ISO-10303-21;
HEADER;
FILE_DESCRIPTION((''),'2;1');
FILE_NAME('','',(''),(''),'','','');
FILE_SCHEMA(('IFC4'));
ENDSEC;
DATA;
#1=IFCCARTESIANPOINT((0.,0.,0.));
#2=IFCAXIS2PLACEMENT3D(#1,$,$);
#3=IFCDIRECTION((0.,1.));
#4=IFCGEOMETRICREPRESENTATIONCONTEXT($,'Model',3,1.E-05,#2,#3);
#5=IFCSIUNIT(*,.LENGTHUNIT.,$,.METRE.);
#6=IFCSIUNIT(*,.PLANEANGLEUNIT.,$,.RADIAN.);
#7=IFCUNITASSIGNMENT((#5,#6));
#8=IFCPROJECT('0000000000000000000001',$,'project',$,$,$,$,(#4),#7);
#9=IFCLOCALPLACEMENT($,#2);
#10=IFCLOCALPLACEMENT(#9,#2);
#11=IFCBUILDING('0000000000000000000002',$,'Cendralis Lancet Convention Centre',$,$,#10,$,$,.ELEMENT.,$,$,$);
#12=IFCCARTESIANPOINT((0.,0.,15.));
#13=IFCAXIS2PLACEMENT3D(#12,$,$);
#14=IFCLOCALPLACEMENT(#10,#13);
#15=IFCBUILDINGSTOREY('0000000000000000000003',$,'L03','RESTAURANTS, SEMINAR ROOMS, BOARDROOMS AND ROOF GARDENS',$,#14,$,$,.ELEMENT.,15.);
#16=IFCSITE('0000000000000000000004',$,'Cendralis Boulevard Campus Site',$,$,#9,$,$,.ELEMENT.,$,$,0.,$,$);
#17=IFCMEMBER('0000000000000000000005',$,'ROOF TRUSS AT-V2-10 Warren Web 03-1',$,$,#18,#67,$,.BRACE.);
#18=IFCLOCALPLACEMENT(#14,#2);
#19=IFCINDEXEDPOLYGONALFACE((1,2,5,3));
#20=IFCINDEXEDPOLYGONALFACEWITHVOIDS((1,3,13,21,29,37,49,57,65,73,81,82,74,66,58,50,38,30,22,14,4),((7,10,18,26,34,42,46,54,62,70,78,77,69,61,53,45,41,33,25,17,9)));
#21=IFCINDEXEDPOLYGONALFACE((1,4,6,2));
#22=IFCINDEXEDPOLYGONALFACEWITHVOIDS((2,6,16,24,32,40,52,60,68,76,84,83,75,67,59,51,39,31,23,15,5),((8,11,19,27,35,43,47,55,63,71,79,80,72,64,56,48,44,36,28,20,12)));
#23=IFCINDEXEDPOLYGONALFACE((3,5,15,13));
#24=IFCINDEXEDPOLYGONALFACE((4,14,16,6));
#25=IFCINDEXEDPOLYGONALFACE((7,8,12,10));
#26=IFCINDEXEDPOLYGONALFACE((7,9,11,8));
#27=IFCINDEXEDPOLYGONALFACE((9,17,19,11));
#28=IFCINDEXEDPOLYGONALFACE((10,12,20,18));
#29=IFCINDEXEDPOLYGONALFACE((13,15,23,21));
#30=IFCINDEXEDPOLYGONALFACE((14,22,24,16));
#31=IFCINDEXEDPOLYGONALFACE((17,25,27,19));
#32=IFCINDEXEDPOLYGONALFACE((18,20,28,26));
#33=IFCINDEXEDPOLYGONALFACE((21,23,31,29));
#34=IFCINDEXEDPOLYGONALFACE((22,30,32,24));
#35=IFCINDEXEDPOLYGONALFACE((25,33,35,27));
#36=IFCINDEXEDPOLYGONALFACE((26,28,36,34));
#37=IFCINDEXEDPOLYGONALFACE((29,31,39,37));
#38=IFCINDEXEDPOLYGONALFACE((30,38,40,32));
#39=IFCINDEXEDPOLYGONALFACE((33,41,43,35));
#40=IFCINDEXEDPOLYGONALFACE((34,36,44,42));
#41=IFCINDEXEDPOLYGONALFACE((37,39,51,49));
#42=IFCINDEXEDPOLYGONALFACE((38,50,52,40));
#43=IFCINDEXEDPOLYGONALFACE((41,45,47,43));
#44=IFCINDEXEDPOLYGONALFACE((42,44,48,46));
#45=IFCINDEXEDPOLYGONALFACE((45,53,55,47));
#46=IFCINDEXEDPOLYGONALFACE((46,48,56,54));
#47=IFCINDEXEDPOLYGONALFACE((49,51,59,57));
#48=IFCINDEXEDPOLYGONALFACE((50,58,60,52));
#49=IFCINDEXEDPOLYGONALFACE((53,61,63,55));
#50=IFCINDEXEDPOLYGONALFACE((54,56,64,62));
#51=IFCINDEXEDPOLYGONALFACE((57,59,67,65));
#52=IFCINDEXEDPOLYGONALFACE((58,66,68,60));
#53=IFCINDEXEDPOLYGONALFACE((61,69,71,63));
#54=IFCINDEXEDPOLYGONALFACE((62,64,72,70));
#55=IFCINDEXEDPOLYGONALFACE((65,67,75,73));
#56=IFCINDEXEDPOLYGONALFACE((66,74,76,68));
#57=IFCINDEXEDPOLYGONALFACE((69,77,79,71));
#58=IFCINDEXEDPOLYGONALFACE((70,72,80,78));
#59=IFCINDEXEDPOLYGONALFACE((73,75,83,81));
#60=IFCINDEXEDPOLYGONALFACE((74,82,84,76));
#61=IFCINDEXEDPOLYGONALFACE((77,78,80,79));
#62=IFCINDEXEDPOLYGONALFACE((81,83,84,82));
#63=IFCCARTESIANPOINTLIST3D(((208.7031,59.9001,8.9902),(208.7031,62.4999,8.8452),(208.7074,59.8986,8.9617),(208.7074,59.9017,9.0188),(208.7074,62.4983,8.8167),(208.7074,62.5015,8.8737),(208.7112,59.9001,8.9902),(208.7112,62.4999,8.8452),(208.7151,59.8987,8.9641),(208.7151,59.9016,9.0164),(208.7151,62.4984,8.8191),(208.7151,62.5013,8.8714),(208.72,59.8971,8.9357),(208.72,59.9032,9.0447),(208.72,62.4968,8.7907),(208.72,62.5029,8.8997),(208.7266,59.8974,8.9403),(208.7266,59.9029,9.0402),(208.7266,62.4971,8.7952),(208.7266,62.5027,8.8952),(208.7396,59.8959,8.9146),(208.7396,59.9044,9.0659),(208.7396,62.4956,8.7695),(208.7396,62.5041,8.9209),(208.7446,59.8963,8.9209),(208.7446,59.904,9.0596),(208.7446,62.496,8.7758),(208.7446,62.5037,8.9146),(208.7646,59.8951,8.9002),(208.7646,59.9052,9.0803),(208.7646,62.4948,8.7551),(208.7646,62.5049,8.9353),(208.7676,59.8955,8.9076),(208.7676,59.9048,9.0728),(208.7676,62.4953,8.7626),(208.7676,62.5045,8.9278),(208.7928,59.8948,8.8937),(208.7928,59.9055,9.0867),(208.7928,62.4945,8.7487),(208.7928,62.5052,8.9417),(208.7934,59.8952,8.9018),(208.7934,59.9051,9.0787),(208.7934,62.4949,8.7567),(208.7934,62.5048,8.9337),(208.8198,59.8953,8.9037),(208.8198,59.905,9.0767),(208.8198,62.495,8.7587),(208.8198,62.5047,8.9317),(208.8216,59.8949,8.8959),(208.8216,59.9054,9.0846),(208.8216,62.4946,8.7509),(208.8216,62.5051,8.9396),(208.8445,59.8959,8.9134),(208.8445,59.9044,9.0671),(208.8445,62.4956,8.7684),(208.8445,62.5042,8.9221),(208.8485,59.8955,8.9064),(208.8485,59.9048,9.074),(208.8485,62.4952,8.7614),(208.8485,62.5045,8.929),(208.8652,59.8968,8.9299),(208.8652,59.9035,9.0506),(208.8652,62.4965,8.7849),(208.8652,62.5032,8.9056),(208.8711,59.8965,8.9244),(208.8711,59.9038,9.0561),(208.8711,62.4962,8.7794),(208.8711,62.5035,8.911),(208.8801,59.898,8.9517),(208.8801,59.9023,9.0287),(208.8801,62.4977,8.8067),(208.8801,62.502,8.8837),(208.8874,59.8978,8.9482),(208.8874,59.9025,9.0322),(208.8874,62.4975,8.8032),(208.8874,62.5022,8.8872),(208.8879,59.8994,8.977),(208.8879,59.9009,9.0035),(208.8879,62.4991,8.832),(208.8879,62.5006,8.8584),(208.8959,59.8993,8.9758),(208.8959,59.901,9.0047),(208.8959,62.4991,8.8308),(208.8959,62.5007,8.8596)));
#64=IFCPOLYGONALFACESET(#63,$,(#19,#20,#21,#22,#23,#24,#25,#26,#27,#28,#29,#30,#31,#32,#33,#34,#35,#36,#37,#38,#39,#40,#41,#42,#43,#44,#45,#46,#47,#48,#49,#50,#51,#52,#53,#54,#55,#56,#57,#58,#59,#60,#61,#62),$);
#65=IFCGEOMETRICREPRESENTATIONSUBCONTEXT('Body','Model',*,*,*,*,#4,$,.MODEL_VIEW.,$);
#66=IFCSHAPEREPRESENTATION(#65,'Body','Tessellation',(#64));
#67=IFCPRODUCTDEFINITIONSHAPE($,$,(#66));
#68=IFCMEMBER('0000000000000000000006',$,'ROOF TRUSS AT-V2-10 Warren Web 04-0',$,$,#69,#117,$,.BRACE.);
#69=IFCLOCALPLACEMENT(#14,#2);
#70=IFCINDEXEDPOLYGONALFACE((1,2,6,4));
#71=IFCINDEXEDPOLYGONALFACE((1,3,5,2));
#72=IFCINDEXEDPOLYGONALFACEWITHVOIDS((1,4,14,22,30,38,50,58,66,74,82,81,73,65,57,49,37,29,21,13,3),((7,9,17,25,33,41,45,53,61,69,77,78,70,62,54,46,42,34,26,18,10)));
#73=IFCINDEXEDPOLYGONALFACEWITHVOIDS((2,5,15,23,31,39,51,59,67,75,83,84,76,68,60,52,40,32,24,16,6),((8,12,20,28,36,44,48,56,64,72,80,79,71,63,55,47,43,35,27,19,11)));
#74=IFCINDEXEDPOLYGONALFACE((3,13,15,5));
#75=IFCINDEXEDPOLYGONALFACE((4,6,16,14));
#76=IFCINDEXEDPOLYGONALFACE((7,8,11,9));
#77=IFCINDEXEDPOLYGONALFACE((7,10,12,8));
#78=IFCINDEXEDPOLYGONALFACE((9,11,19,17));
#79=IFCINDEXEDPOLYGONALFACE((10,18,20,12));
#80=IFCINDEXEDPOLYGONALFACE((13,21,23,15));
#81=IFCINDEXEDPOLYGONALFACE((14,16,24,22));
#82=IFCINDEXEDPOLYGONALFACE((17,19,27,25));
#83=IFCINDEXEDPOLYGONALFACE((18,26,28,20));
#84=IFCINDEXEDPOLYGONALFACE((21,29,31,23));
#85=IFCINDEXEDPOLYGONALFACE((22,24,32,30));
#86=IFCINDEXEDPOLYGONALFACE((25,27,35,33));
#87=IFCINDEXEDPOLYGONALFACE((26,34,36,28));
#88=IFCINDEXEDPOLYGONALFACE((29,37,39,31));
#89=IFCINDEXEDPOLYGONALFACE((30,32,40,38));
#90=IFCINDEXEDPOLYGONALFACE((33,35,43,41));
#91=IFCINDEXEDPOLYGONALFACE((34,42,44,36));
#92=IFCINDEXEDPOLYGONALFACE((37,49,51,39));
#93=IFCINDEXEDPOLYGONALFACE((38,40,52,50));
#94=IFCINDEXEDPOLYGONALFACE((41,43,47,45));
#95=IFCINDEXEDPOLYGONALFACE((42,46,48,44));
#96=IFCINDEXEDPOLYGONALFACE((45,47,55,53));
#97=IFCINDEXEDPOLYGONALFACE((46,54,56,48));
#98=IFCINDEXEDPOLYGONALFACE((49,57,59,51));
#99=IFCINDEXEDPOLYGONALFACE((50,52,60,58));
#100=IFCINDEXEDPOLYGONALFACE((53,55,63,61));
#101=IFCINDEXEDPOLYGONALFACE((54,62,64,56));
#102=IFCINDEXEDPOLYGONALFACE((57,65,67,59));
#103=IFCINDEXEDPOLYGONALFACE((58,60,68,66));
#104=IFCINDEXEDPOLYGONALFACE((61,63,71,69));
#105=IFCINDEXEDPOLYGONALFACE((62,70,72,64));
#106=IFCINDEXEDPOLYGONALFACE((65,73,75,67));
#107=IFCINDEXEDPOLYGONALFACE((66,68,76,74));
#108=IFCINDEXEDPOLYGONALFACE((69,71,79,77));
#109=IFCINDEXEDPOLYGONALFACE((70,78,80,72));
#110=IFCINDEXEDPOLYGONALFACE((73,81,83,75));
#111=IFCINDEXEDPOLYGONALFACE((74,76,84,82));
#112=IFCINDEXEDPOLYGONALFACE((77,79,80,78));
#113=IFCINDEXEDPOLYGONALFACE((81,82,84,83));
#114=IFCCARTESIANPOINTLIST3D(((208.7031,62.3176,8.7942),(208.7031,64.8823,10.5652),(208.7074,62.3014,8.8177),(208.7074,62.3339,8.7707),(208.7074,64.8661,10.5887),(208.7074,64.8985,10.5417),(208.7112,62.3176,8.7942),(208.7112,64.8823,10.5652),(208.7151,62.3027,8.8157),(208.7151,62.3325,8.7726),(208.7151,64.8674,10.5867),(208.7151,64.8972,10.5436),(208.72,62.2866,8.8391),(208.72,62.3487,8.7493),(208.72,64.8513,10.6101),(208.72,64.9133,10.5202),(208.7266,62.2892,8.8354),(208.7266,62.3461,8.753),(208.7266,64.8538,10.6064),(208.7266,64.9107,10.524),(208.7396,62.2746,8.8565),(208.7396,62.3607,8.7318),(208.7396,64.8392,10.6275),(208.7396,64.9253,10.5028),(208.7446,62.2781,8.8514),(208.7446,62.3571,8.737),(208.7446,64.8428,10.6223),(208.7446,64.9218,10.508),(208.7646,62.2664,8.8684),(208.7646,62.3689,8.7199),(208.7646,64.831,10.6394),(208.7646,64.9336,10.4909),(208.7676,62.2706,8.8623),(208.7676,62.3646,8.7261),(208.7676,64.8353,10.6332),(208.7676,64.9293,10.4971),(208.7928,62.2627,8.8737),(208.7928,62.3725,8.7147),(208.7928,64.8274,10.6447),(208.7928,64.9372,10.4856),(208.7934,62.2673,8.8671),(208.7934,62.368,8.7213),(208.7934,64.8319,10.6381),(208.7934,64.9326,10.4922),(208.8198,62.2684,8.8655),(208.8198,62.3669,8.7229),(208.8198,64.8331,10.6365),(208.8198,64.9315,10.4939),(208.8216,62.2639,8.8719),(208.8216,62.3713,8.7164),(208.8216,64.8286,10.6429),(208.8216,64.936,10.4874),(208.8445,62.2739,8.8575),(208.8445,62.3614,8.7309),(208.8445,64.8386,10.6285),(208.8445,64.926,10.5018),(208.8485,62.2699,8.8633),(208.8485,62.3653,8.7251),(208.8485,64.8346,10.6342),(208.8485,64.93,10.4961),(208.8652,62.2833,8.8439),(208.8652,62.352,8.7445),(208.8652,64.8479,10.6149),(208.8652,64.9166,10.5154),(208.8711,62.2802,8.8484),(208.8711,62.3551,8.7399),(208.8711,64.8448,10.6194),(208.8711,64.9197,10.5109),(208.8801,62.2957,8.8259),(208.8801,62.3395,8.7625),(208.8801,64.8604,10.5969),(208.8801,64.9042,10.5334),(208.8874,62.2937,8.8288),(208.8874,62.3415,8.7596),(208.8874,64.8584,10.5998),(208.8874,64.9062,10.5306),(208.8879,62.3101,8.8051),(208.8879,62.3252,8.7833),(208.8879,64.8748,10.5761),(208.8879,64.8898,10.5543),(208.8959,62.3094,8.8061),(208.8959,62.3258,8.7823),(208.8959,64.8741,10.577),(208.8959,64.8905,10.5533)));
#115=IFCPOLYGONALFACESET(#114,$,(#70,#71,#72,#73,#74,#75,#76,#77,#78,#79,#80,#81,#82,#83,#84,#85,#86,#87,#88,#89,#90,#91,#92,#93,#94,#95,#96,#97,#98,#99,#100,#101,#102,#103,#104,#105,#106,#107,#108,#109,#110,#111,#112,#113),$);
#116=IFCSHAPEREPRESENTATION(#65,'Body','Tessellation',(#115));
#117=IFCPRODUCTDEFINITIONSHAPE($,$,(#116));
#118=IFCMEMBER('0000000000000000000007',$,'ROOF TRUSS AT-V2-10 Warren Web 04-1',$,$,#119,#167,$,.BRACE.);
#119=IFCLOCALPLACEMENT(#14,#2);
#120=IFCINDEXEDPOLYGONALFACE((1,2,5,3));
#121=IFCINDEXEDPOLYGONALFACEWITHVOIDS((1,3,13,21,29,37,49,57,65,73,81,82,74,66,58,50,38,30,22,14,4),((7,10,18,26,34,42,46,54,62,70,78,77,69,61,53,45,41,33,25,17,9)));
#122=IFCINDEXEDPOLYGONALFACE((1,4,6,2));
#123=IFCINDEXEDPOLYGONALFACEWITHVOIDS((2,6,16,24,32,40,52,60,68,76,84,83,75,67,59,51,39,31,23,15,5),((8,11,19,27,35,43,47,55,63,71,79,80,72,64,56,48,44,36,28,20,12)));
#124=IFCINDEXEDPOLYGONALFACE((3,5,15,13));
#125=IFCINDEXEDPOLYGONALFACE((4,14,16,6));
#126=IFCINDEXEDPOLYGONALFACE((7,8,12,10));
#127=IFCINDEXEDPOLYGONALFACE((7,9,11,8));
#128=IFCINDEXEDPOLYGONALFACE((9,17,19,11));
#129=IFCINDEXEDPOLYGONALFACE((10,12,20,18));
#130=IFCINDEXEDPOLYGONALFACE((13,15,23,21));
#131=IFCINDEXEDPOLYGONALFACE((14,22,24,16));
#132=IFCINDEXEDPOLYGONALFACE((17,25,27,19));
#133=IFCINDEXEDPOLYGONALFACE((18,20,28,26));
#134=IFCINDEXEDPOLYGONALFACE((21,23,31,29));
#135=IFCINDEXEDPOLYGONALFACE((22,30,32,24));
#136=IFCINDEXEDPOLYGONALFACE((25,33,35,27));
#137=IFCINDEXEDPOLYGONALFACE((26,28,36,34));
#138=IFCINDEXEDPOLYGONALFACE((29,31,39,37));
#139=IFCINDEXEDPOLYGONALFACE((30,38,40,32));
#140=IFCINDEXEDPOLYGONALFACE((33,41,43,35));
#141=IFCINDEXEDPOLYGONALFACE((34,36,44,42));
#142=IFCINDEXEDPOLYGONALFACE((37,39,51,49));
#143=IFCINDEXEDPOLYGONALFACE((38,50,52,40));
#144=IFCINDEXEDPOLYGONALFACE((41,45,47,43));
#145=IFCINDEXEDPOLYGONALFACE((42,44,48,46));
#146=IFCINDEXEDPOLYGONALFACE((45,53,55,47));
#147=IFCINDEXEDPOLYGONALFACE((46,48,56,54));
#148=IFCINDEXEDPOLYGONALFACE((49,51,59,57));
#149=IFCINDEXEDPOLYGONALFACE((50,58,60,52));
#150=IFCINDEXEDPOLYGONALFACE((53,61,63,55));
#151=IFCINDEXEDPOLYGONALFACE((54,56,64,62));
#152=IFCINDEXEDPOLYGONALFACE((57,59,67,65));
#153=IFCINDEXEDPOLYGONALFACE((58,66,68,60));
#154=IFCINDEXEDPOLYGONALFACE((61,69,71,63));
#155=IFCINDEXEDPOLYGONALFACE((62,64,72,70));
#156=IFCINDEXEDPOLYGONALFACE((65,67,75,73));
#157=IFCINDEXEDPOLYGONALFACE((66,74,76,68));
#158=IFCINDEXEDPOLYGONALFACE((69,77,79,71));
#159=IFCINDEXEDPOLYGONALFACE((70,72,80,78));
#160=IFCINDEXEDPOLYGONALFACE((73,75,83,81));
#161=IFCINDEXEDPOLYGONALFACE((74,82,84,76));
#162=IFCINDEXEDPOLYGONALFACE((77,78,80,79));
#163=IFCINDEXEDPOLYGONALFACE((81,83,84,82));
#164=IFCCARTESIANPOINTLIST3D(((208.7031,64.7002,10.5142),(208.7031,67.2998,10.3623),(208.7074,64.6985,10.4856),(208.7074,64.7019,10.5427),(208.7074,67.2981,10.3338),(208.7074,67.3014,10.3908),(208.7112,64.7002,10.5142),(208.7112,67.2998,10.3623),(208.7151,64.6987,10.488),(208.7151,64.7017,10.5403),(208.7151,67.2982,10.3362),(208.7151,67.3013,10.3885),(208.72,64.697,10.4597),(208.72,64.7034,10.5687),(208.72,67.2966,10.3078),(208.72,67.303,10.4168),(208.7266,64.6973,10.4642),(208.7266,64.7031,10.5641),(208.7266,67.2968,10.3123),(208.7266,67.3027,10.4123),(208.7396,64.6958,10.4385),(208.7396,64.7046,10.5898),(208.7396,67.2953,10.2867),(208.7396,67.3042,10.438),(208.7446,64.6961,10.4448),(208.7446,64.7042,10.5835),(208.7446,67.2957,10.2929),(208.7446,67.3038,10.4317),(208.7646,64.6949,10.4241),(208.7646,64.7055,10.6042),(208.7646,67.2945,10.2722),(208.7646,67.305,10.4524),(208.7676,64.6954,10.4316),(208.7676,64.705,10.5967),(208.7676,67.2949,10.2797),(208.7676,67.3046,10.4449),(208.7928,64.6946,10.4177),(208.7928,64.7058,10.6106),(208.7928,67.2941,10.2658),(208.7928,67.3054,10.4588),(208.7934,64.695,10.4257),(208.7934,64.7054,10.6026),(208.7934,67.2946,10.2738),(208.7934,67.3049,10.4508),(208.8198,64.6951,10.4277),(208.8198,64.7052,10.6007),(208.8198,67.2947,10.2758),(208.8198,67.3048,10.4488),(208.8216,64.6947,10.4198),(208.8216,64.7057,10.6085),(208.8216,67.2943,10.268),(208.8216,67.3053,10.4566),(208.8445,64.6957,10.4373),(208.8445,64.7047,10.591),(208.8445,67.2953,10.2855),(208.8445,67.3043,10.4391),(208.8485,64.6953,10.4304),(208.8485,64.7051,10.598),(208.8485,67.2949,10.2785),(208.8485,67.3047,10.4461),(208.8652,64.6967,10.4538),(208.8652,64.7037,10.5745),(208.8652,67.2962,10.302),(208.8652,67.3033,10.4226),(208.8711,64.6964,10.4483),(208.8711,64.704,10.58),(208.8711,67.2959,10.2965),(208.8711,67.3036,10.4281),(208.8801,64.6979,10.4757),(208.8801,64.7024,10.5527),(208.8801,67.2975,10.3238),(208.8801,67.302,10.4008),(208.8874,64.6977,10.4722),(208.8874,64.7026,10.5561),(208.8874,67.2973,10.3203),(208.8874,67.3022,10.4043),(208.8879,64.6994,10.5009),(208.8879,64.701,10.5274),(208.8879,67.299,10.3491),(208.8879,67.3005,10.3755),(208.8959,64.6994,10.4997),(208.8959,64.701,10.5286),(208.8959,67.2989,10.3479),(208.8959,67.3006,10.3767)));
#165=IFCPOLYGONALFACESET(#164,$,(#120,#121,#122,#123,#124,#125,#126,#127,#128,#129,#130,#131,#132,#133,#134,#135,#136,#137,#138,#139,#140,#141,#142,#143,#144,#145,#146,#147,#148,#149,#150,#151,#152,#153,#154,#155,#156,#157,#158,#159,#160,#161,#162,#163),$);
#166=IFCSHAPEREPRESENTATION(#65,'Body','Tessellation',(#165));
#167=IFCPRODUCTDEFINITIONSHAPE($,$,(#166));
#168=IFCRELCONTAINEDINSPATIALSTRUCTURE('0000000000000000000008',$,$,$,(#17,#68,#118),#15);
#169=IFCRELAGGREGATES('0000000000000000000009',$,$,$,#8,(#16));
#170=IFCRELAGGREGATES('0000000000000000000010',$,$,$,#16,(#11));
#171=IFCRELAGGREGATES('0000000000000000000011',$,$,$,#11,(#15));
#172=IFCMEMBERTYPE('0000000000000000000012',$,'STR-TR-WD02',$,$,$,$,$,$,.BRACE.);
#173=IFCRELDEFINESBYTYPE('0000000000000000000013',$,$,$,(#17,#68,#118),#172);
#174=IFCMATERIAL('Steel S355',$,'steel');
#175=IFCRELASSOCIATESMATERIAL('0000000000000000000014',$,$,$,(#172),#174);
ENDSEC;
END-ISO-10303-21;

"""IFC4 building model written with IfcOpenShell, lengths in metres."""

from ifc_helpers import new_model, si_unit, direction, frame, origin, origin_2d, place, context, subcontext, project, spatial, hollow_circle, extrude, material, material_profile, profile_set, type_object, element, save


model = new_model("IFC4")

# Units and contexts
model_context = context("Model", 3, precision=1e-05, world=origin(), true_north=direction((0.0, 1.0)))
body_context = subcontext(model_context, "Body", "Model", "MODEL_VIEW")
ifc_project = project(units=[si_unit("LENGTHUNIT", "METRE"), si_unit("PLANEANGLEUNIT", "RADIAN")], contexts=[model_context])

# Site, building, storey
site_placement = place(None, origin())
site = spatial("IfcSite", under=ifc_project, at=site_placement, Name="Cendralis Boulevard Campus Site", CompositionType="ELEMENT", RefElevation=0.0)
building_placement = place(site_placement, origin())
building = spatial("IfcBuilding", under=site, at=building_placement, Name="Cendralis Lancet Convention Centre", CompositionType="ELEMENT")
storey_placement = place(building_placement, frame((0.0, 0.0, 15.0)))
storey = spatial("IfcBuildingStorey", under=building, at=storey_placement, Name="L03", Description="RESTAURANTS, SEMINAR ROOMS, BOARDROOMS AND ROOF GARDENS", CompositionType="ELEMENT", Elevation=15.0)

# Shared definitions
ifc_material_1 = material(Name="Steel S355", Category="steel")

# Members
ifc_material_profile_1 = material_profile(ifc_material_1, hollow_circle(Radius=0.0969, WallThickness=0.0081, at=origin_2d()), Name="CHS 193.7x8.0")
ifc_profile_set_1 = profile_set([ifc_material_profile_1], Name="Steel S355")
member_type_1 = type_object("IfcMemberType", Name="STR-TR-WD02", PredefinedType="BRACE", material=ifc_profile_set_1)
member_1_placement = place(storey_placement, frame((208.8, 59.9001, 8.9902), z_axis=(0.0, 0.998448, -0.055699), x_axis=(-1.0, 0.0, 0.0)))
element("IfcMember", 1, at=member_1_placement, inside=storey, type_object=member_type_1, Name="ROOF TRUSS AT-V2-10 Warren Web 03-1", PredefinedType="BRACE", context=body_context, shape_type="SweptSolid", body=[
    extrude(hollow_circle(Radius=0.0969, WallThickness=0.0081, at=origin_2d()), origin(), (0.0, 0.0, 1.0), 2.6038),
])
member_2_placement = place(storey_placement, frame((208.8, 62.3176, 8.7942), z_axis=(0.0, 0.822877, 0.56822), x_axis=(-1.0, 0.0, 0.0)))
element("IfcMember", 2, at=member_2_placement, inside=storey, type_object=member_type_1, Name="ROOF TRUSS AT-V2-10 Warren Web 04-0", PredefinedType="BRACE", context=body_context, shape_type="SweptSolid", body=[
    extrude(hollow_circle(Radius=0.0969, WallThickness=0.0081, at=origin_2d()), origin(), (0.0, 0.0, 1.0), 3.1167),
])
member_3_placement = place(storey_placement, frame((208.8, 64.7002, 10.5142), z_axis=(0.0, 0.998298, -0.058315), x_axis=(-1.0, 0.0, 0.0)))
element("IfcMember", 3, at=member_3_placement, inside=storey, type_object=member_type_1, Name="ROOF TRUSS AT-V2-10 Warren Web 04-1", PredefinedType="BRACE", context=body_context, shape_type="SweptSolid", body=[
    extrude(hollow_circle(Radius=0.0969, WallThickness=0.0081, at=origin_2d()), origin(), (0.0, 0.0, 1.0), 2.604),
])

save(model, "model.ifc")
